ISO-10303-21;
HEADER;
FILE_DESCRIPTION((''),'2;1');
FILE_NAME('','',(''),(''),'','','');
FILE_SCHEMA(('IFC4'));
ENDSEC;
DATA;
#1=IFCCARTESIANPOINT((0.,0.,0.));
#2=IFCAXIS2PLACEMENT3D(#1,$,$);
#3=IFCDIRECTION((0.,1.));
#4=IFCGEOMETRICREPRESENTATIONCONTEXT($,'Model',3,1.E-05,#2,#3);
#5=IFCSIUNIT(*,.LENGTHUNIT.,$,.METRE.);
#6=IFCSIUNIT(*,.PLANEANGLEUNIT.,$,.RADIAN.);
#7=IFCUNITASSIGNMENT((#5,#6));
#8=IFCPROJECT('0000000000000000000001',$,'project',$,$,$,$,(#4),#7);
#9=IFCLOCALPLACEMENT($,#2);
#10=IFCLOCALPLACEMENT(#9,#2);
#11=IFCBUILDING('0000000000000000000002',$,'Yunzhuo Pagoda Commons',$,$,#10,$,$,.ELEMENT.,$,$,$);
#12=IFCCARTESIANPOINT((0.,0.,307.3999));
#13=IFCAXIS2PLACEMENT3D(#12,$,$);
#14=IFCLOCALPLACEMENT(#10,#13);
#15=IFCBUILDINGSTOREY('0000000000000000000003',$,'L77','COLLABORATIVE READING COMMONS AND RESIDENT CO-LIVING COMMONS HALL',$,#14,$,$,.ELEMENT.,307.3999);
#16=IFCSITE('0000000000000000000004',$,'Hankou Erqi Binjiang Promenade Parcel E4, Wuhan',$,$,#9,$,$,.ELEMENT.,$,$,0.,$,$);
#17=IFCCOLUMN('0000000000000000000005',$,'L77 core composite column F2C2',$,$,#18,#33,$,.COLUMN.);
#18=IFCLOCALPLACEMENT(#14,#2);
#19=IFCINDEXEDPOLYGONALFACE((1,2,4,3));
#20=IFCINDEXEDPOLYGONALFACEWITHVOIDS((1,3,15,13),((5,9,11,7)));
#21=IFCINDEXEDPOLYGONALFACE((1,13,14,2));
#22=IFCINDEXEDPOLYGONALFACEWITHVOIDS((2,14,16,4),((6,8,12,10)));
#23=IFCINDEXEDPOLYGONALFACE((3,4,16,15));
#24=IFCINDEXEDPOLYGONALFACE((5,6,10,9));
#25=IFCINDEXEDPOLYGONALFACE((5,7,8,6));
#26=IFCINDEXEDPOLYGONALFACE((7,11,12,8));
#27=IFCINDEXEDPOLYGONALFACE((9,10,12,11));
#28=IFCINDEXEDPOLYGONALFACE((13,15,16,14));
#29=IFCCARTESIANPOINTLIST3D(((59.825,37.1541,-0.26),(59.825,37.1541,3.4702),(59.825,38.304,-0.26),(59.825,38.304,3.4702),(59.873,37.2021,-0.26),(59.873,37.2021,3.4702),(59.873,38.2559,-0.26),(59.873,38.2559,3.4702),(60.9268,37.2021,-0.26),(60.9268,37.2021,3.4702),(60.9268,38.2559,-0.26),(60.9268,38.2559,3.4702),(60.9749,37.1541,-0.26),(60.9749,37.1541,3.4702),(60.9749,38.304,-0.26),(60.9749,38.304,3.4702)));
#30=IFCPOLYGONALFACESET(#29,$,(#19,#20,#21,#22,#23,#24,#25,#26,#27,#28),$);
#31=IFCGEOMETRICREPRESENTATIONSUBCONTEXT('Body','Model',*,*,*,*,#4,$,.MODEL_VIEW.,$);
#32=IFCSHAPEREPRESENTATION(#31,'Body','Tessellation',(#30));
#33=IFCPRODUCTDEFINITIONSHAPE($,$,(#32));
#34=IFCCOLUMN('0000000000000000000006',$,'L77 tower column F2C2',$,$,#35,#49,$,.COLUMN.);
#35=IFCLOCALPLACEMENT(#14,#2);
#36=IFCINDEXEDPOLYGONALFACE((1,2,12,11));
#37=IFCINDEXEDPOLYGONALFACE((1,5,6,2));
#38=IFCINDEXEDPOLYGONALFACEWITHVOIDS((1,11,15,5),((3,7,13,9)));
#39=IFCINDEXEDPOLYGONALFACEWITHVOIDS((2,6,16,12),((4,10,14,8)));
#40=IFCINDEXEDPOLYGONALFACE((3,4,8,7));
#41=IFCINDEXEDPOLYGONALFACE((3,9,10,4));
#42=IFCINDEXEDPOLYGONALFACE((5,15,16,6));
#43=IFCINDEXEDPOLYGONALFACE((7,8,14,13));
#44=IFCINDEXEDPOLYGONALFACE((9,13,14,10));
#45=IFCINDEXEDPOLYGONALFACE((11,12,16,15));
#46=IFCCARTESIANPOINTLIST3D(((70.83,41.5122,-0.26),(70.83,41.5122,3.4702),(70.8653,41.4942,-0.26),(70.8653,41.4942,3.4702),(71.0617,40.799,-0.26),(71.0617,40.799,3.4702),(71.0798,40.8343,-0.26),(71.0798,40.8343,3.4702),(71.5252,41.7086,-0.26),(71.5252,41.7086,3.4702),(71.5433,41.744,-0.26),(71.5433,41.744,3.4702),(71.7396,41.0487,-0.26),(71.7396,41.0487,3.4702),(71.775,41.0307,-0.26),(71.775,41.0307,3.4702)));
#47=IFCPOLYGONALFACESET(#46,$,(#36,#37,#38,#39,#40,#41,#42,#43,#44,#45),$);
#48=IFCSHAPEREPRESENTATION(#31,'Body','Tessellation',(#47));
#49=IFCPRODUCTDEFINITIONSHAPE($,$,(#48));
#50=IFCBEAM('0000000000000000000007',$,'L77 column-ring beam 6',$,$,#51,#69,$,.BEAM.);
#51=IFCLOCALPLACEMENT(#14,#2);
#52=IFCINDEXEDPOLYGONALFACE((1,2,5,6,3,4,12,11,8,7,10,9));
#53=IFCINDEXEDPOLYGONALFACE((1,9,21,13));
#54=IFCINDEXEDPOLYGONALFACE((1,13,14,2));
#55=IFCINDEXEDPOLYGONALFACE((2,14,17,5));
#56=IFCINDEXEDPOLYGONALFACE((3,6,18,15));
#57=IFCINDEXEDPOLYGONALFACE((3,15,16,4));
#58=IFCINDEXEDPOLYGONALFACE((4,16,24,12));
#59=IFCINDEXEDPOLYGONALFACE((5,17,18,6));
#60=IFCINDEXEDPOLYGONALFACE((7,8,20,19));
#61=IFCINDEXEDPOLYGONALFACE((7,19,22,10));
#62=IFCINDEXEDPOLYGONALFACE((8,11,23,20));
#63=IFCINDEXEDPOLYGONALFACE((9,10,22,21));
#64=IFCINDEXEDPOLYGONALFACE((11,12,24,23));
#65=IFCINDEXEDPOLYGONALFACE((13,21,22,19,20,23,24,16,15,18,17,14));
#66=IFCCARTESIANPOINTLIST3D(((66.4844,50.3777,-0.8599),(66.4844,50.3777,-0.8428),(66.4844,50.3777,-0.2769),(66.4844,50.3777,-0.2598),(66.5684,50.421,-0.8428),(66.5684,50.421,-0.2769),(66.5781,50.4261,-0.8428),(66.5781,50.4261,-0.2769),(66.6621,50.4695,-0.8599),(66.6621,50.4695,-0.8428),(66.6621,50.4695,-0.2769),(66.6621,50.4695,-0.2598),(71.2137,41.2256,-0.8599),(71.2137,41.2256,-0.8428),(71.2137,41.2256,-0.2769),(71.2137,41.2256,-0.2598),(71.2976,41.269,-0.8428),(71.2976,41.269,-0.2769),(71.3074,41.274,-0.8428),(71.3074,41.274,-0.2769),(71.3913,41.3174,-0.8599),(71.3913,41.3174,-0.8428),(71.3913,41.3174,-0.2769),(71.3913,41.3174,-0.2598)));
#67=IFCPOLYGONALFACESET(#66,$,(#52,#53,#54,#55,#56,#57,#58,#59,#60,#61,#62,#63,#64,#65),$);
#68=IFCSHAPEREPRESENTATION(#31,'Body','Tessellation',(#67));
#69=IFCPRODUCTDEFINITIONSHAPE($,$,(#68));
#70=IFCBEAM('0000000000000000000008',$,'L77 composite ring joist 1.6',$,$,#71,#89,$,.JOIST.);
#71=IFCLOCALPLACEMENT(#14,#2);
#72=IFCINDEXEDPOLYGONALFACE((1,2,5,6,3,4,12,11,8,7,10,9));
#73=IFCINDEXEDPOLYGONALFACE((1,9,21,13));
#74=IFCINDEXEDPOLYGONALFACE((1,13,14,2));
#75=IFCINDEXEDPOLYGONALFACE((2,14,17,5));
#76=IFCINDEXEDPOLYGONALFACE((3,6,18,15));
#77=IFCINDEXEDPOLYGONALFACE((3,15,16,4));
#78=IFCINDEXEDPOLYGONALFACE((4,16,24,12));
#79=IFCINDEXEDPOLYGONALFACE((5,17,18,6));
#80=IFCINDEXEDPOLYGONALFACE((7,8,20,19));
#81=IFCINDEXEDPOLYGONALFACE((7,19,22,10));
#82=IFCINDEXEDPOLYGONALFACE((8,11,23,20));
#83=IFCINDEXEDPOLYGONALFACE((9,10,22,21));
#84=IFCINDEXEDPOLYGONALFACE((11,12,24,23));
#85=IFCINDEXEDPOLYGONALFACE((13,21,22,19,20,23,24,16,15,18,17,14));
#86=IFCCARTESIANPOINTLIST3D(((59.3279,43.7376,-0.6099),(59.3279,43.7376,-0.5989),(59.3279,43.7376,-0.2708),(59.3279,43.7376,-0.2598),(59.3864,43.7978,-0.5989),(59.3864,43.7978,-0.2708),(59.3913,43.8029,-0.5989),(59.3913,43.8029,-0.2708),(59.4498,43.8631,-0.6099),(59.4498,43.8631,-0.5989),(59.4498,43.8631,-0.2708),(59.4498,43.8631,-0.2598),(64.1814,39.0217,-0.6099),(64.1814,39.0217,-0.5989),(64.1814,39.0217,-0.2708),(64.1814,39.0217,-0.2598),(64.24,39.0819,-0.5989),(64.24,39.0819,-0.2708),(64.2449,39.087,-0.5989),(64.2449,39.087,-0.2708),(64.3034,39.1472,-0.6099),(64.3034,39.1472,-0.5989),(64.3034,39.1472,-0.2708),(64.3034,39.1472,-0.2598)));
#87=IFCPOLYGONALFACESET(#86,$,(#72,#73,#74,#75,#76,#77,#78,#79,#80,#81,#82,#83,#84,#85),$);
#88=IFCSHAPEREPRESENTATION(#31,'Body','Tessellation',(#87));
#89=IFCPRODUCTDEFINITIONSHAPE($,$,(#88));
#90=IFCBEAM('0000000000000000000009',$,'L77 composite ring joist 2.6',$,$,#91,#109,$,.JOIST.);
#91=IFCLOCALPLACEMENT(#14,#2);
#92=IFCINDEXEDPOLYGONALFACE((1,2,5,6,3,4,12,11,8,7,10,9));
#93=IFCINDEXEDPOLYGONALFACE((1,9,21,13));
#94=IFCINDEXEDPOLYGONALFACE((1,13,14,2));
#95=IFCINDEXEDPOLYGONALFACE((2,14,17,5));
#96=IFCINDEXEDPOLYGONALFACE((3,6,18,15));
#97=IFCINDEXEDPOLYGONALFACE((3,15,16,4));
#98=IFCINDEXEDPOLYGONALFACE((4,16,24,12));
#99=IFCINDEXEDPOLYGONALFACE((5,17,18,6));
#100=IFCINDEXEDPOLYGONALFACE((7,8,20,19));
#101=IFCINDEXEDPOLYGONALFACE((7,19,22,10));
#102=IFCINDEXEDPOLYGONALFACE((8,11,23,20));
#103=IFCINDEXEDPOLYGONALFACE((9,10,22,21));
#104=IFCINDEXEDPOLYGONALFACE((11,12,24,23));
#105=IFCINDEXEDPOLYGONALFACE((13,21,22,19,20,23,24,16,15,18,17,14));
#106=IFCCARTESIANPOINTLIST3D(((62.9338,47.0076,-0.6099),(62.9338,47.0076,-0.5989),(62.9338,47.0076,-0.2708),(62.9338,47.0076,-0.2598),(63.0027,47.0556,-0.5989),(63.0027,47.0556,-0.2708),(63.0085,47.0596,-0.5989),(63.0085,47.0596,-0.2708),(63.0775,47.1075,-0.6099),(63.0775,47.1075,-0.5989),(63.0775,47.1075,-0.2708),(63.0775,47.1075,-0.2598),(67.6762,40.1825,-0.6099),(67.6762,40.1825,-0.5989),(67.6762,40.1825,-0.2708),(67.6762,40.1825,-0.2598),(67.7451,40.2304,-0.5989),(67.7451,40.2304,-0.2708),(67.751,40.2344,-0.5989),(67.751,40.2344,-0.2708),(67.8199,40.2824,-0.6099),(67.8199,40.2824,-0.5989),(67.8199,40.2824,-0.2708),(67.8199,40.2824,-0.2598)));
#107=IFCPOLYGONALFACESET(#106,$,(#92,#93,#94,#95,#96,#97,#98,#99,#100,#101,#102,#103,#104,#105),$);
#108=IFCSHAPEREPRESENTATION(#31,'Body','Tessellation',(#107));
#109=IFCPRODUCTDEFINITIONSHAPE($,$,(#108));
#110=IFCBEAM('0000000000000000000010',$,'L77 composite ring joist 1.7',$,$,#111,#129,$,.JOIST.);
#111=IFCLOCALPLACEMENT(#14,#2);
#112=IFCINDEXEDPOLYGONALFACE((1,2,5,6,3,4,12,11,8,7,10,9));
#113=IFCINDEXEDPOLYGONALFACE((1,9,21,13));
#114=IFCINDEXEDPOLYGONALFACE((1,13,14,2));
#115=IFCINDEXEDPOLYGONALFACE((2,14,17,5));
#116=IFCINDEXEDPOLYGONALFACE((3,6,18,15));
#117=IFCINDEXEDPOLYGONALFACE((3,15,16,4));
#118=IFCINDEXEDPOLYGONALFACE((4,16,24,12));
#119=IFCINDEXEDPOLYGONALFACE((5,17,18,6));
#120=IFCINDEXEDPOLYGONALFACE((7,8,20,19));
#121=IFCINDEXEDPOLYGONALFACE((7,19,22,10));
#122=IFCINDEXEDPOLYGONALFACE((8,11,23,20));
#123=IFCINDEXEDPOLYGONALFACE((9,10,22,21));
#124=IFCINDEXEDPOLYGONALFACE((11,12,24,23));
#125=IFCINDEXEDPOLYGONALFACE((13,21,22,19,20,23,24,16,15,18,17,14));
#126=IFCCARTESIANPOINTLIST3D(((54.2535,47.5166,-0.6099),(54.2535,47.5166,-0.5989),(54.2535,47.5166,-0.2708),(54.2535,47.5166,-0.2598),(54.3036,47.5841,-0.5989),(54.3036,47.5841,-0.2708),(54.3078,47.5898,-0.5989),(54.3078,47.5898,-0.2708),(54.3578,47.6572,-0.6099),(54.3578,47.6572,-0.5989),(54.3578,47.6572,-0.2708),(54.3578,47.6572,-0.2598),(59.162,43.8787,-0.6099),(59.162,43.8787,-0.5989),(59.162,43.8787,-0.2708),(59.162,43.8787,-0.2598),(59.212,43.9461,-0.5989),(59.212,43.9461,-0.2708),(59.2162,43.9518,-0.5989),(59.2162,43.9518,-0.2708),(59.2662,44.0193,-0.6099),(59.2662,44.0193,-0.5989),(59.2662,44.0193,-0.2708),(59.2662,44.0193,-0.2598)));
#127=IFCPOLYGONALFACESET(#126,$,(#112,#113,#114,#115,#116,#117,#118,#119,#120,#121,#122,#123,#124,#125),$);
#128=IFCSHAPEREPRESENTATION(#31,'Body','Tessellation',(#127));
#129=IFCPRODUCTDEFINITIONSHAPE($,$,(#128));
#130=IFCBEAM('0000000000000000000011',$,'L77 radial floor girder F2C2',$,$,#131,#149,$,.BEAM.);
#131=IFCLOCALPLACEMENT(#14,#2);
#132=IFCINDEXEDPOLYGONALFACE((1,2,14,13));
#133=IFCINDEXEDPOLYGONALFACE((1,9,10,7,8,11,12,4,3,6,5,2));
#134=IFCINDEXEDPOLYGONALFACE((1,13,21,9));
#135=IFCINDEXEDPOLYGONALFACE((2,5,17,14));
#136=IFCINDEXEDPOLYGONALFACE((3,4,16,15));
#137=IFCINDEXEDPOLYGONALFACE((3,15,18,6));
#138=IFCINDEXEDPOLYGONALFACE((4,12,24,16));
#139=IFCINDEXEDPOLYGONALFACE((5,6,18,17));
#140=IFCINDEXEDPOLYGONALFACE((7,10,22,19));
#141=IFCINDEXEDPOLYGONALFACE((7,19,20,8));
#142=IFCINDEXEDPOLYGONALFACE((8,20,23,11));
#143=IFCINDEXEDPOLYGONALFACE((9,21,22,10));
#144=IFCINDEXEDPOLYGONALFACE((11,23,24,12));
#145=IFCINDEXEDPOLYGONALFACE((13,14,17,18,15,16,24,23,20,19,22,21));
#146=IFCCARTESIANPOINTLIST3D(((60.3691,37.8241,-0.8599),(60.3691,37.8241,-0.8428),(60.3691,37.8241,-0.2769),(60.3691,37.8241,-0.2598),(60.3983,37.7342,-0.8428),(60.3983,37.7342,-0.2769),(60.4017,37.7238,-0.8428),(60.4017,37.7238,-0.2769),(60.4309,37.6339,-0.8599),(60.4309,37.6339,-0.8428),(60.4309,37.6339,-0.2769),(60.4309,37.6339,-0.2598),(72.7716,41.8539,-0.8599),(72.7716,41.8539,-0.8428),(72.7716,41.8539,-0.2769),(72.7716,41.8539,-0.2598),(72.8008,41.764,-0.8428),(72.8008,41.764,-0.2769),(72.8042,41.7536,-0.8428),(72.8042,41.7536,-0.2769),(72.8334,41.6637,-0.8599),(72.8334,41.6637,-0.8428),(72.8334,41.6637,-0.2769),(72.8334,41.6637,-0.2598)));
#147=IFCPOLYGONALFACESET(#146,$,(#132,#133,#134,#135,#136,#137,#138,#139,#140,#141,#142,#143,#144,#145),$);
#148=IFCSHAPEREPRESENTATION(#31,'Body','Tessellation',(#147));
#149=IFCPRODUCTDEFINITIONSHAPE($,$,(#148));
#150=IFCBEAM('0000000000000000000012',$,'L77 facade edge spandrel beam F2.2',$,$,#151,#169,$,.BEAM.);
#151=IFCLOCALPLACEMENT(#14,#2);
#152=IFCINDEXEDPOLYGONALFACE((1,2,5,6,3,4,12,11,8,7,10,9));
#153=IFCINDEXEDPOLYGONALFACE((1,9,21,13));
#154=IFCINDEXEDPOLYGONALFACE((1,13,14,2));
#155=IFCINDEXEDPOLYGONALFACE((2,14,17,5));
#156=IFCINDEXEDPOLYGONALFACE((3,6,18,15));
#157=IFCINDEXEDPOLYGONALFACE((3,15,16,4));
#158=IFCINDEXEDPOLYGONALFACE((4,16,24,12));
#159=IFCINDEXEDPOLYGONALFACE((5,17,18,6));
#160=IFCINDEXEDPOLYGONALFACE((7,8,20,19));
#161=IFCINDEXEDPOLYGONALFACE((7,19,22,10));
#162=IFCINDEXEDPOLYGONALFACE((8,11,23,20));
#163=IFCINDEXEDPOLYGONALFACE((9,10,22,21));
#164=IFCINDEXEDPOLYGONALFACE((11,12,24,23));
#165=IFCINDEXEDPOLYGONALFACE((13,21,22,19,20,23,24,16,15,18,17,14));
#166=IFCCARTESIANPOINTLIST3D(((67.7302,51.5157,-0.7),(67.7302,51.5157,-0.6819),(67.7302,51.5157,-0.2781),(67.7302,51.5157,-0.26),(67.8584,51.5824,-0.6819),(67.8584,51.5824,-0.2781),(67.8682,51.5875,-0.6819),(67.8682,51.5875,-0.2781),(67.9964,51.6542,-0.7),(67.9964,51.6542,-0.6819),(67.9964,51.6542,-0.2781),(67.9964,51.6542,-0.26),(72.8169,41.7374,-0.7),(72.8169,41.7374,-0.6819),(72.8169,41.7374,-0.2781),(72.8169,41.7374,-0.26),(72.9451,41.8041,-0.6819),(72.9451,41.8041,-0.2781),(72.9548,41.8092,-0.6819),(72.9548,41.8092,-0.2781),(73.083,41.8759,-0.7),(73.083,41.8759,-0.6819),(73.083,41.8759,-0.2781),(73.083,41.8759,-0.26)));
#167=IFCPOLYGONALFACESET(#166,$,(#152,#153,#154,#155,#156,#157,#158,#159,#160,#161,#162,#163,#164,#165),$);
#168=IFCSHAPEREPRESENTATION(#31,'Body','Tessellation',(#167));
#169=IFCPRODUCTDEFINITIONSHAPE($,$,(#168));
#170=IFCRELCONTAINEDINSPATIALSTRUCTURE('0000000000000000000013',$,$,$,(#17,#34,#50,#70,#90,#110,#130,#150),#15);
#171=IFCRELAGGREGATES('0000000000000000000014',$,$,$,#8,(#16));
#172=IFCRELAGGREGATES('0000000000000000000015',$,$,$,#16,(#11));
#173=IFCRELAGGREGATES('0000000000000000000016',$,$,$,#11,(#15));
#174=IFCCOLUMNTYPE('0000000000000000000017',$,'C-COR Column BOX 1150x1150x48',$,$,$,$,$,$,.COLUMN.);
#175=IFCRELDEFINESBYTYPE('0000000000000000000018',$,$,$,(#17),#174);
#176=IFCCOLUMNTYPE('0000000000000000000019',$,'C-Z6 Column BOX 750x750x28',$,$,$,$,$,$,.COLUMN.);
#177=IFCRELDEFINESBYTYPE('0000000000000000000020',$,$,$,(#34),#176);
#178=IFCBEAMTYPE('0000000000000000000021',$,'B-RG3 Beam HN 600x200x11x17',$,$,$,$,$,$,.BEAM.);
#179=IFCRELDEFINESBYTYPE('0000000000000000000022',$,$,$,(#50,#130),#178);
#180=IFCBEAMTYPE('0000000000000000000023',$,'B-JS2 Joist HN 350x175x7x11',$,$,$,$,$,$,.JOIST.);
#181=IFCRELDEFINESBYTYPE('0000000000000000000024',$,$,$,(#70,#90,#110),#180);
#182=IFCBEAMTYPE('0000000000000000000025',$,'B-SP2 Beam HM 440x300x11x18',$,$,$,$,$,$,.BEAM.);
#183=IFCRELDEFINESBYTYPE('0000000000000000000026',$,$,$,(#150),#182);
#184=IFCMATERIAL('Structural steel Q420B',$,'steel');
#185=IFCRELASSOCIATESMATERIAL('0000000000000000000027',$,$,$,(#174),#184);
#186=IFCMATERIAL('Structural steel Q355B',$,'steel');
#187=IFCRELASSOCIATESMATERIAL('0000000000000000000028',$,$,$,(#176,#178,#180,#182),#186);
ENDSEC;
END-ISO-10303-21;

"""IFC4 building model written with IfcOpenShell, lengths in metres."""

from ifc_helpers import new_model, si_unit, direction, frame, origin, origin_2d, place, context, subcontext, project, spatial, hollow_rectangle, i_section, extrude, source, transform, mapped, material, material_profile, profile_set, type_object, element, save


model = new_model("IFC4")

# Units and contexts
model_context = context("Model", 3, precision=1e-05, world=origin(), true_north=direction((0.0, 1.0)))
body_context = subcontext(model_context, "Body", "Model", "MODEL_VIEW")
ifc_project = project(units=[si_unit("LENGTHUNIT", "METRE"), si_unit("PLANEANGLEUNIT", "RADIAN")], contexts=[model_context])

# Site, building, storey
site_placement = place(None, origin())
site = spatial("IfcSite", under=ifc_project, at=site_placement, Name="Hankou Erqi Binjiang Promenade Parcel E4, Wuhan", CompositionType="ELEMENT", RefElevation=0.0)
building_placement = place(site_placement, origin())
building = spatial("IfcBuilding", under=site, at=building_placement, Name="Yunzhuo Pagoda Commons", CompositionType="ELEMENT")
storey_placement = place(building_placement, frame((0.0, 0.0, 307.3999)))
storey = spatial("IfcBuildingStorey", under=building, at=storey_placement, Name="L77", Description="COLLABORATIVE READING COMMONS AND RESIDENT CO-LIVING COMMONS HALL", CompositionType="ELEMENT", Elevation=307.3999)

# Columns
ifc_material_1 = material(Name="Structural steel Q420B", Category="steel")
ifc_material_profile_1 = material_profile(ifc_material_1, hollow_rectangle(XDim=1.1499, YDim=1.1499, WallThickness=0.0481, at=origin_2d()), Name="Structural steel Q420B")
ifc_profile_set_1 = profile_set([ifc_material_profile_1], Name="Structural steel Q420B")
column_type_1 = type_object("IfcColumnType", Name="C-COR Column BOX 1150x1150x48", PredefinedType="COLUMN", material=ifc_profile_set_1)
shared_shape_1 = source(origin(), body_context, "Body", "SweptSolid", [
    extrude(hollow_rectangle(XDim=1.1499, YDim=1.1499, WallThickness=0.0481, at=origin_2d()), origin(), (0.0, 0.0, 1.0), 3.7302),
])
column_1_placement = place(storey_placement, frame((60.3999, 37.729, -0.26), z_axis=(0.0, 0.0, 1.0), x_axis=(1.0, 0.0, 0.0)))
element("IfcColumn", 1, at=column_1_placement, inside=storey, type_object=column_type_1, Name="L77 core composite column F2C2", PredefinedType="COLUMN", context=body_context, shape_type="MappedRepresentation", body=[
    mapped(shared_shape_1, transform((0.0, 0.0, 0.0), scale=1.0)),
])
ifc_material_2 = material(Name="Structural steel Q355B", Category="steel")
ifc_material_profile_2 = material_profile(ifc_material_2, hollow_rectangle(XDim=0.75, YDim=0.75, WallThickness=0.0281, at=origin_2d()), Name="Structural steel Q355B")
ifc_profile_set_2 = profile_set([ifc_material_profile_2], Name="Structural steel Q355B")
column_type_2 = type_object("IfcColumnType", Name="C-Z6 Column BOX 750x750x28", PredefinedType="COLUMN", material=ifc_profile_set_2)
shared_shape_2 = source(origin(), body_context, "Body", "SweptSolid", [
    extrude(hollow_rectangle(XDim=0.75, YDim=0.75, WallThickness=0.0281, at=origin_2d()), origin(), (0.0, 0.0, 1.0), 3.7302),
])
column_2_placement = place(storey_placement, frame((71.3025, 41.2715, -0.26), z_axis=(0.0, 0.0, 1.0), x_axis=(-0.309017, 0.951057, 0.0)))
element("IfcColumn", 2, at=column_2_placement, inside=storey, type_object=column_type_2, Name="L77 tower column F2C2", PredefinedType="COLUMN", context=body_context, shape_type="MappedRepresentation", body=[
    mapped(shared_shape_2, transform((0.0, 0.0, 0.0), scale=1.0)),
])

# Beams
ifc_material_profile_3 = material_profile(ifc_material_2, i_section(OverallWidth=0.2, OverallDepth=0.6001, WebThickness=0.011, FlangeThickness=0.0171, at=origin_2d()), Name="Structural steel Q355B")
ifc_profile_set_3 = profile_set([ifc_material_profile_3], Name="Structural steel Q355B")
beam_type_1 = type_object("IfcBeamType", Name="B-RG3 Beam HN 600x200x11x17", PredefinedType="BEAM", material=ifc_profile_set_3)
shared_shape_3 = source(origin(), body_context, "Body", "SweptSolid", [
    extrude(i_section(OverallWidth=0.2, OverallDepth=0.6001, WebThickness=0.011, FlangeThickness=0.0171, at=origin_2d()), origin(), (0.0, 0.0, 1.0), 10.3018),
])
beam_1_placement = place(storey_placement, frame((71.3025, 41.2715, -0.5598), z_axis=(-0.459071, 0.8884, 0.0), x_axis=(-0.8884, -0.459071, 0.0)))
element("IfcBeam", 3, at=beam_1_placement, inside=storey, type_object=beam_type_1, Name="L77 column-ring beam 6", PredefinedType="BEAM", context=body_context, shape_type="MappedRepresentation", body=[
    mapped(shared_shape_3, transform((0.0, 0.0, 0.0), scale=1.0)),
])
ifc_material_profile_4 = material_profile(ifc_material_2, i_section(OverallWidth=0.175, OverallDepth=0.3501, WebThickness=0.0071, FlangeThickness=0.011, at=origin_2d()), Name="Structural steel Q355B")
ifc_profile_set_4 = profile_set([ifc_material_profile_4], Name="Structural steel Q355B")
beam_type_2 = type_object("IfcBeamType", Name="B-JS2 Joist HN 350x175x7x11", PredefinedType="JOIST", material=ifc_profile_set_4)
shared_shape_4 = source(origin(), body_context, "Body", "SweptSolid", [
    extrude(i_section(OverallWidth=0.175, OverallDepth=0.3501, WebThickness=0.0071, FlangeThickness=0.011, at=origin_2d()), origin(), (0.0, 0.0, 1.0), 6.7673),
])
beam_2_placement = place(storey_placement, frame((64.2424, 39.0845, -0.4348), z_axis=(-0.717207, 0.69686, 0.0), x_axis=(-0.69686, -0.717207, 0.0)))
element("IfcBeam", 4, at=beam_2_placement, inside=storey, type_object=beam_type_2, Name="L77 composite ring joist 1.6", PredefinedType="JOIST", context=body_context, shape_type="MappedRepresentation", body=[
    mapped(shared_shape_4, transform((0.0, 0.0, 0.0), scale=1.0)),
])
shared_shape_5 = source(origin(), body_context, "Body", "SweptSolid", [
    extrude(i_section(OverallWidth=0.175, OverallDepth=0.3501, WebThickness=0.0071, FlangeThickness=0.011, at=origin_2d()), origin(), (0.0, 0.0, 1.0), 8.311),
])
beam_3_placement = place(storey_placement, frame((67.748, 40.2324, -0.4348), z_axis=(-0.570616, 0.821217, 0.0), x_axis=(-0.821217, -0.570616, 0.0)))
element("IfcBeam", 5, at=beam_3_placement, inside=storey, type_object=beam_type_2, Name="L77 composite ring joist 2.6", PredefinedType="JOIST", context=body_context, shape_type="MappedRepresentation", body=[
    mapped(shared_shape_5, transform((0.0, 0.0, 0.0), scale=1.0)),
])
shared_shape_6 = source(origin(), body_context, "Body", "SweptSolid", [
    extrude(i_section(OverallWidth=0.175, OverallDepth=0.3501, WebThickness=0.0071, FlangeThickness=0.011, at=origin_2d()), origin(), (0.0, 0.0, 1.0), 6.1096),
])
beam_4_placement = place(storey_placement, frame((59.2141, 43.949, -0.4348), z_axis=(-0.803396, 0.595444, 0.0), x_axis=(-0.595444, -0.803396, 0.0)))
element("IfcBeam", 6, at=beam_4_placement, inside=storey, type_object=beam_type_2, Name="L77 composite ring joist 1.7", PredefinedType="JOIST", context=body_context, shape_type="MappedRepresentation", body=[
    mapped(shared_shape_6, transform((0.0, 0.0, 0.0), scale=1.0)),
])
shared_shape_7 = source(origin(), body_context, "Body", "SweptSolid", [
    extrude(i_section(OverallWidth=0.2, OverallDepth=0.6001, WebThickness=0.011, FlangeThickness=0.0171, at=origin_2d()), origin(), (0.0, 0.0, 1.0), 13.0408),
])
beam_5_placement = place(storey_placement, frame((72.8025, 41.7588, -0.5598), z_axis=(-0.951058, -0.309013, 0.0), x_axis=(0.309013, -0.951058, 0.0)))
element("IfcBeam", 7, at=beam_5_placement, inside=storey, type_object=beam_type_1, Name="L77 radial floor girder F2C2", PredefinedType="BEAM", context=body_context, shape_type="MappedRepresentation", body=[
    mapped(shared_shape_7, transform((0.0, 0.0, 0.0), scale=1.0)),
])
ifc_material_profile_5 = material_profile(ifc_material_2, i_section(OverallWidth=0.3, OverallDepth=0.4399, WebThickness=0.011, FlangeThickness=0.0181, at=origin_2d()), Name="Structural steel Q355B")
ifc_profile_set_5 = profile_set([ifc_material_profile_5], Name="Structural steel Q355B")
beam_type_3 = type_object("IfcBeamType", Name="B-SP2 Beam HM 440x300x11x18", PredefinedType="BEAM", material=ifc_profile_set_5)
shared_shape_8 = source(origin(), body_context, "Body", "SweptSolid", [
    extrude(i_section(OverallWidth=0.3, OverallDepth=0.4399, WebThickness=0.011, FlangeThickness=0.0181, at=origin_2d()), origin(), (0.0, 0.0, 1.0), 11.0222),
])
beam_6_placement = place(storey_placement, frame((72.95, 41.8066, -0.48), z_axis=(-0.461492, 0.887145, 0.0), x_axis=(-0.887145, -0.461492, 0.0)))
element("IfcBeam", 8, at=beam_6_placement, inside=storey, type_object=beam_type_3, Name="L77 facade edge spandrel beam F2.2", PredefinedType="BEAM", context=body_context, shape_type="MappedRepresentation", body=[
    mapped(shared_shape_8, transform((0.0, 0.0, 0.0), scale=1.0)),
])

save(model, "model.ifc")
